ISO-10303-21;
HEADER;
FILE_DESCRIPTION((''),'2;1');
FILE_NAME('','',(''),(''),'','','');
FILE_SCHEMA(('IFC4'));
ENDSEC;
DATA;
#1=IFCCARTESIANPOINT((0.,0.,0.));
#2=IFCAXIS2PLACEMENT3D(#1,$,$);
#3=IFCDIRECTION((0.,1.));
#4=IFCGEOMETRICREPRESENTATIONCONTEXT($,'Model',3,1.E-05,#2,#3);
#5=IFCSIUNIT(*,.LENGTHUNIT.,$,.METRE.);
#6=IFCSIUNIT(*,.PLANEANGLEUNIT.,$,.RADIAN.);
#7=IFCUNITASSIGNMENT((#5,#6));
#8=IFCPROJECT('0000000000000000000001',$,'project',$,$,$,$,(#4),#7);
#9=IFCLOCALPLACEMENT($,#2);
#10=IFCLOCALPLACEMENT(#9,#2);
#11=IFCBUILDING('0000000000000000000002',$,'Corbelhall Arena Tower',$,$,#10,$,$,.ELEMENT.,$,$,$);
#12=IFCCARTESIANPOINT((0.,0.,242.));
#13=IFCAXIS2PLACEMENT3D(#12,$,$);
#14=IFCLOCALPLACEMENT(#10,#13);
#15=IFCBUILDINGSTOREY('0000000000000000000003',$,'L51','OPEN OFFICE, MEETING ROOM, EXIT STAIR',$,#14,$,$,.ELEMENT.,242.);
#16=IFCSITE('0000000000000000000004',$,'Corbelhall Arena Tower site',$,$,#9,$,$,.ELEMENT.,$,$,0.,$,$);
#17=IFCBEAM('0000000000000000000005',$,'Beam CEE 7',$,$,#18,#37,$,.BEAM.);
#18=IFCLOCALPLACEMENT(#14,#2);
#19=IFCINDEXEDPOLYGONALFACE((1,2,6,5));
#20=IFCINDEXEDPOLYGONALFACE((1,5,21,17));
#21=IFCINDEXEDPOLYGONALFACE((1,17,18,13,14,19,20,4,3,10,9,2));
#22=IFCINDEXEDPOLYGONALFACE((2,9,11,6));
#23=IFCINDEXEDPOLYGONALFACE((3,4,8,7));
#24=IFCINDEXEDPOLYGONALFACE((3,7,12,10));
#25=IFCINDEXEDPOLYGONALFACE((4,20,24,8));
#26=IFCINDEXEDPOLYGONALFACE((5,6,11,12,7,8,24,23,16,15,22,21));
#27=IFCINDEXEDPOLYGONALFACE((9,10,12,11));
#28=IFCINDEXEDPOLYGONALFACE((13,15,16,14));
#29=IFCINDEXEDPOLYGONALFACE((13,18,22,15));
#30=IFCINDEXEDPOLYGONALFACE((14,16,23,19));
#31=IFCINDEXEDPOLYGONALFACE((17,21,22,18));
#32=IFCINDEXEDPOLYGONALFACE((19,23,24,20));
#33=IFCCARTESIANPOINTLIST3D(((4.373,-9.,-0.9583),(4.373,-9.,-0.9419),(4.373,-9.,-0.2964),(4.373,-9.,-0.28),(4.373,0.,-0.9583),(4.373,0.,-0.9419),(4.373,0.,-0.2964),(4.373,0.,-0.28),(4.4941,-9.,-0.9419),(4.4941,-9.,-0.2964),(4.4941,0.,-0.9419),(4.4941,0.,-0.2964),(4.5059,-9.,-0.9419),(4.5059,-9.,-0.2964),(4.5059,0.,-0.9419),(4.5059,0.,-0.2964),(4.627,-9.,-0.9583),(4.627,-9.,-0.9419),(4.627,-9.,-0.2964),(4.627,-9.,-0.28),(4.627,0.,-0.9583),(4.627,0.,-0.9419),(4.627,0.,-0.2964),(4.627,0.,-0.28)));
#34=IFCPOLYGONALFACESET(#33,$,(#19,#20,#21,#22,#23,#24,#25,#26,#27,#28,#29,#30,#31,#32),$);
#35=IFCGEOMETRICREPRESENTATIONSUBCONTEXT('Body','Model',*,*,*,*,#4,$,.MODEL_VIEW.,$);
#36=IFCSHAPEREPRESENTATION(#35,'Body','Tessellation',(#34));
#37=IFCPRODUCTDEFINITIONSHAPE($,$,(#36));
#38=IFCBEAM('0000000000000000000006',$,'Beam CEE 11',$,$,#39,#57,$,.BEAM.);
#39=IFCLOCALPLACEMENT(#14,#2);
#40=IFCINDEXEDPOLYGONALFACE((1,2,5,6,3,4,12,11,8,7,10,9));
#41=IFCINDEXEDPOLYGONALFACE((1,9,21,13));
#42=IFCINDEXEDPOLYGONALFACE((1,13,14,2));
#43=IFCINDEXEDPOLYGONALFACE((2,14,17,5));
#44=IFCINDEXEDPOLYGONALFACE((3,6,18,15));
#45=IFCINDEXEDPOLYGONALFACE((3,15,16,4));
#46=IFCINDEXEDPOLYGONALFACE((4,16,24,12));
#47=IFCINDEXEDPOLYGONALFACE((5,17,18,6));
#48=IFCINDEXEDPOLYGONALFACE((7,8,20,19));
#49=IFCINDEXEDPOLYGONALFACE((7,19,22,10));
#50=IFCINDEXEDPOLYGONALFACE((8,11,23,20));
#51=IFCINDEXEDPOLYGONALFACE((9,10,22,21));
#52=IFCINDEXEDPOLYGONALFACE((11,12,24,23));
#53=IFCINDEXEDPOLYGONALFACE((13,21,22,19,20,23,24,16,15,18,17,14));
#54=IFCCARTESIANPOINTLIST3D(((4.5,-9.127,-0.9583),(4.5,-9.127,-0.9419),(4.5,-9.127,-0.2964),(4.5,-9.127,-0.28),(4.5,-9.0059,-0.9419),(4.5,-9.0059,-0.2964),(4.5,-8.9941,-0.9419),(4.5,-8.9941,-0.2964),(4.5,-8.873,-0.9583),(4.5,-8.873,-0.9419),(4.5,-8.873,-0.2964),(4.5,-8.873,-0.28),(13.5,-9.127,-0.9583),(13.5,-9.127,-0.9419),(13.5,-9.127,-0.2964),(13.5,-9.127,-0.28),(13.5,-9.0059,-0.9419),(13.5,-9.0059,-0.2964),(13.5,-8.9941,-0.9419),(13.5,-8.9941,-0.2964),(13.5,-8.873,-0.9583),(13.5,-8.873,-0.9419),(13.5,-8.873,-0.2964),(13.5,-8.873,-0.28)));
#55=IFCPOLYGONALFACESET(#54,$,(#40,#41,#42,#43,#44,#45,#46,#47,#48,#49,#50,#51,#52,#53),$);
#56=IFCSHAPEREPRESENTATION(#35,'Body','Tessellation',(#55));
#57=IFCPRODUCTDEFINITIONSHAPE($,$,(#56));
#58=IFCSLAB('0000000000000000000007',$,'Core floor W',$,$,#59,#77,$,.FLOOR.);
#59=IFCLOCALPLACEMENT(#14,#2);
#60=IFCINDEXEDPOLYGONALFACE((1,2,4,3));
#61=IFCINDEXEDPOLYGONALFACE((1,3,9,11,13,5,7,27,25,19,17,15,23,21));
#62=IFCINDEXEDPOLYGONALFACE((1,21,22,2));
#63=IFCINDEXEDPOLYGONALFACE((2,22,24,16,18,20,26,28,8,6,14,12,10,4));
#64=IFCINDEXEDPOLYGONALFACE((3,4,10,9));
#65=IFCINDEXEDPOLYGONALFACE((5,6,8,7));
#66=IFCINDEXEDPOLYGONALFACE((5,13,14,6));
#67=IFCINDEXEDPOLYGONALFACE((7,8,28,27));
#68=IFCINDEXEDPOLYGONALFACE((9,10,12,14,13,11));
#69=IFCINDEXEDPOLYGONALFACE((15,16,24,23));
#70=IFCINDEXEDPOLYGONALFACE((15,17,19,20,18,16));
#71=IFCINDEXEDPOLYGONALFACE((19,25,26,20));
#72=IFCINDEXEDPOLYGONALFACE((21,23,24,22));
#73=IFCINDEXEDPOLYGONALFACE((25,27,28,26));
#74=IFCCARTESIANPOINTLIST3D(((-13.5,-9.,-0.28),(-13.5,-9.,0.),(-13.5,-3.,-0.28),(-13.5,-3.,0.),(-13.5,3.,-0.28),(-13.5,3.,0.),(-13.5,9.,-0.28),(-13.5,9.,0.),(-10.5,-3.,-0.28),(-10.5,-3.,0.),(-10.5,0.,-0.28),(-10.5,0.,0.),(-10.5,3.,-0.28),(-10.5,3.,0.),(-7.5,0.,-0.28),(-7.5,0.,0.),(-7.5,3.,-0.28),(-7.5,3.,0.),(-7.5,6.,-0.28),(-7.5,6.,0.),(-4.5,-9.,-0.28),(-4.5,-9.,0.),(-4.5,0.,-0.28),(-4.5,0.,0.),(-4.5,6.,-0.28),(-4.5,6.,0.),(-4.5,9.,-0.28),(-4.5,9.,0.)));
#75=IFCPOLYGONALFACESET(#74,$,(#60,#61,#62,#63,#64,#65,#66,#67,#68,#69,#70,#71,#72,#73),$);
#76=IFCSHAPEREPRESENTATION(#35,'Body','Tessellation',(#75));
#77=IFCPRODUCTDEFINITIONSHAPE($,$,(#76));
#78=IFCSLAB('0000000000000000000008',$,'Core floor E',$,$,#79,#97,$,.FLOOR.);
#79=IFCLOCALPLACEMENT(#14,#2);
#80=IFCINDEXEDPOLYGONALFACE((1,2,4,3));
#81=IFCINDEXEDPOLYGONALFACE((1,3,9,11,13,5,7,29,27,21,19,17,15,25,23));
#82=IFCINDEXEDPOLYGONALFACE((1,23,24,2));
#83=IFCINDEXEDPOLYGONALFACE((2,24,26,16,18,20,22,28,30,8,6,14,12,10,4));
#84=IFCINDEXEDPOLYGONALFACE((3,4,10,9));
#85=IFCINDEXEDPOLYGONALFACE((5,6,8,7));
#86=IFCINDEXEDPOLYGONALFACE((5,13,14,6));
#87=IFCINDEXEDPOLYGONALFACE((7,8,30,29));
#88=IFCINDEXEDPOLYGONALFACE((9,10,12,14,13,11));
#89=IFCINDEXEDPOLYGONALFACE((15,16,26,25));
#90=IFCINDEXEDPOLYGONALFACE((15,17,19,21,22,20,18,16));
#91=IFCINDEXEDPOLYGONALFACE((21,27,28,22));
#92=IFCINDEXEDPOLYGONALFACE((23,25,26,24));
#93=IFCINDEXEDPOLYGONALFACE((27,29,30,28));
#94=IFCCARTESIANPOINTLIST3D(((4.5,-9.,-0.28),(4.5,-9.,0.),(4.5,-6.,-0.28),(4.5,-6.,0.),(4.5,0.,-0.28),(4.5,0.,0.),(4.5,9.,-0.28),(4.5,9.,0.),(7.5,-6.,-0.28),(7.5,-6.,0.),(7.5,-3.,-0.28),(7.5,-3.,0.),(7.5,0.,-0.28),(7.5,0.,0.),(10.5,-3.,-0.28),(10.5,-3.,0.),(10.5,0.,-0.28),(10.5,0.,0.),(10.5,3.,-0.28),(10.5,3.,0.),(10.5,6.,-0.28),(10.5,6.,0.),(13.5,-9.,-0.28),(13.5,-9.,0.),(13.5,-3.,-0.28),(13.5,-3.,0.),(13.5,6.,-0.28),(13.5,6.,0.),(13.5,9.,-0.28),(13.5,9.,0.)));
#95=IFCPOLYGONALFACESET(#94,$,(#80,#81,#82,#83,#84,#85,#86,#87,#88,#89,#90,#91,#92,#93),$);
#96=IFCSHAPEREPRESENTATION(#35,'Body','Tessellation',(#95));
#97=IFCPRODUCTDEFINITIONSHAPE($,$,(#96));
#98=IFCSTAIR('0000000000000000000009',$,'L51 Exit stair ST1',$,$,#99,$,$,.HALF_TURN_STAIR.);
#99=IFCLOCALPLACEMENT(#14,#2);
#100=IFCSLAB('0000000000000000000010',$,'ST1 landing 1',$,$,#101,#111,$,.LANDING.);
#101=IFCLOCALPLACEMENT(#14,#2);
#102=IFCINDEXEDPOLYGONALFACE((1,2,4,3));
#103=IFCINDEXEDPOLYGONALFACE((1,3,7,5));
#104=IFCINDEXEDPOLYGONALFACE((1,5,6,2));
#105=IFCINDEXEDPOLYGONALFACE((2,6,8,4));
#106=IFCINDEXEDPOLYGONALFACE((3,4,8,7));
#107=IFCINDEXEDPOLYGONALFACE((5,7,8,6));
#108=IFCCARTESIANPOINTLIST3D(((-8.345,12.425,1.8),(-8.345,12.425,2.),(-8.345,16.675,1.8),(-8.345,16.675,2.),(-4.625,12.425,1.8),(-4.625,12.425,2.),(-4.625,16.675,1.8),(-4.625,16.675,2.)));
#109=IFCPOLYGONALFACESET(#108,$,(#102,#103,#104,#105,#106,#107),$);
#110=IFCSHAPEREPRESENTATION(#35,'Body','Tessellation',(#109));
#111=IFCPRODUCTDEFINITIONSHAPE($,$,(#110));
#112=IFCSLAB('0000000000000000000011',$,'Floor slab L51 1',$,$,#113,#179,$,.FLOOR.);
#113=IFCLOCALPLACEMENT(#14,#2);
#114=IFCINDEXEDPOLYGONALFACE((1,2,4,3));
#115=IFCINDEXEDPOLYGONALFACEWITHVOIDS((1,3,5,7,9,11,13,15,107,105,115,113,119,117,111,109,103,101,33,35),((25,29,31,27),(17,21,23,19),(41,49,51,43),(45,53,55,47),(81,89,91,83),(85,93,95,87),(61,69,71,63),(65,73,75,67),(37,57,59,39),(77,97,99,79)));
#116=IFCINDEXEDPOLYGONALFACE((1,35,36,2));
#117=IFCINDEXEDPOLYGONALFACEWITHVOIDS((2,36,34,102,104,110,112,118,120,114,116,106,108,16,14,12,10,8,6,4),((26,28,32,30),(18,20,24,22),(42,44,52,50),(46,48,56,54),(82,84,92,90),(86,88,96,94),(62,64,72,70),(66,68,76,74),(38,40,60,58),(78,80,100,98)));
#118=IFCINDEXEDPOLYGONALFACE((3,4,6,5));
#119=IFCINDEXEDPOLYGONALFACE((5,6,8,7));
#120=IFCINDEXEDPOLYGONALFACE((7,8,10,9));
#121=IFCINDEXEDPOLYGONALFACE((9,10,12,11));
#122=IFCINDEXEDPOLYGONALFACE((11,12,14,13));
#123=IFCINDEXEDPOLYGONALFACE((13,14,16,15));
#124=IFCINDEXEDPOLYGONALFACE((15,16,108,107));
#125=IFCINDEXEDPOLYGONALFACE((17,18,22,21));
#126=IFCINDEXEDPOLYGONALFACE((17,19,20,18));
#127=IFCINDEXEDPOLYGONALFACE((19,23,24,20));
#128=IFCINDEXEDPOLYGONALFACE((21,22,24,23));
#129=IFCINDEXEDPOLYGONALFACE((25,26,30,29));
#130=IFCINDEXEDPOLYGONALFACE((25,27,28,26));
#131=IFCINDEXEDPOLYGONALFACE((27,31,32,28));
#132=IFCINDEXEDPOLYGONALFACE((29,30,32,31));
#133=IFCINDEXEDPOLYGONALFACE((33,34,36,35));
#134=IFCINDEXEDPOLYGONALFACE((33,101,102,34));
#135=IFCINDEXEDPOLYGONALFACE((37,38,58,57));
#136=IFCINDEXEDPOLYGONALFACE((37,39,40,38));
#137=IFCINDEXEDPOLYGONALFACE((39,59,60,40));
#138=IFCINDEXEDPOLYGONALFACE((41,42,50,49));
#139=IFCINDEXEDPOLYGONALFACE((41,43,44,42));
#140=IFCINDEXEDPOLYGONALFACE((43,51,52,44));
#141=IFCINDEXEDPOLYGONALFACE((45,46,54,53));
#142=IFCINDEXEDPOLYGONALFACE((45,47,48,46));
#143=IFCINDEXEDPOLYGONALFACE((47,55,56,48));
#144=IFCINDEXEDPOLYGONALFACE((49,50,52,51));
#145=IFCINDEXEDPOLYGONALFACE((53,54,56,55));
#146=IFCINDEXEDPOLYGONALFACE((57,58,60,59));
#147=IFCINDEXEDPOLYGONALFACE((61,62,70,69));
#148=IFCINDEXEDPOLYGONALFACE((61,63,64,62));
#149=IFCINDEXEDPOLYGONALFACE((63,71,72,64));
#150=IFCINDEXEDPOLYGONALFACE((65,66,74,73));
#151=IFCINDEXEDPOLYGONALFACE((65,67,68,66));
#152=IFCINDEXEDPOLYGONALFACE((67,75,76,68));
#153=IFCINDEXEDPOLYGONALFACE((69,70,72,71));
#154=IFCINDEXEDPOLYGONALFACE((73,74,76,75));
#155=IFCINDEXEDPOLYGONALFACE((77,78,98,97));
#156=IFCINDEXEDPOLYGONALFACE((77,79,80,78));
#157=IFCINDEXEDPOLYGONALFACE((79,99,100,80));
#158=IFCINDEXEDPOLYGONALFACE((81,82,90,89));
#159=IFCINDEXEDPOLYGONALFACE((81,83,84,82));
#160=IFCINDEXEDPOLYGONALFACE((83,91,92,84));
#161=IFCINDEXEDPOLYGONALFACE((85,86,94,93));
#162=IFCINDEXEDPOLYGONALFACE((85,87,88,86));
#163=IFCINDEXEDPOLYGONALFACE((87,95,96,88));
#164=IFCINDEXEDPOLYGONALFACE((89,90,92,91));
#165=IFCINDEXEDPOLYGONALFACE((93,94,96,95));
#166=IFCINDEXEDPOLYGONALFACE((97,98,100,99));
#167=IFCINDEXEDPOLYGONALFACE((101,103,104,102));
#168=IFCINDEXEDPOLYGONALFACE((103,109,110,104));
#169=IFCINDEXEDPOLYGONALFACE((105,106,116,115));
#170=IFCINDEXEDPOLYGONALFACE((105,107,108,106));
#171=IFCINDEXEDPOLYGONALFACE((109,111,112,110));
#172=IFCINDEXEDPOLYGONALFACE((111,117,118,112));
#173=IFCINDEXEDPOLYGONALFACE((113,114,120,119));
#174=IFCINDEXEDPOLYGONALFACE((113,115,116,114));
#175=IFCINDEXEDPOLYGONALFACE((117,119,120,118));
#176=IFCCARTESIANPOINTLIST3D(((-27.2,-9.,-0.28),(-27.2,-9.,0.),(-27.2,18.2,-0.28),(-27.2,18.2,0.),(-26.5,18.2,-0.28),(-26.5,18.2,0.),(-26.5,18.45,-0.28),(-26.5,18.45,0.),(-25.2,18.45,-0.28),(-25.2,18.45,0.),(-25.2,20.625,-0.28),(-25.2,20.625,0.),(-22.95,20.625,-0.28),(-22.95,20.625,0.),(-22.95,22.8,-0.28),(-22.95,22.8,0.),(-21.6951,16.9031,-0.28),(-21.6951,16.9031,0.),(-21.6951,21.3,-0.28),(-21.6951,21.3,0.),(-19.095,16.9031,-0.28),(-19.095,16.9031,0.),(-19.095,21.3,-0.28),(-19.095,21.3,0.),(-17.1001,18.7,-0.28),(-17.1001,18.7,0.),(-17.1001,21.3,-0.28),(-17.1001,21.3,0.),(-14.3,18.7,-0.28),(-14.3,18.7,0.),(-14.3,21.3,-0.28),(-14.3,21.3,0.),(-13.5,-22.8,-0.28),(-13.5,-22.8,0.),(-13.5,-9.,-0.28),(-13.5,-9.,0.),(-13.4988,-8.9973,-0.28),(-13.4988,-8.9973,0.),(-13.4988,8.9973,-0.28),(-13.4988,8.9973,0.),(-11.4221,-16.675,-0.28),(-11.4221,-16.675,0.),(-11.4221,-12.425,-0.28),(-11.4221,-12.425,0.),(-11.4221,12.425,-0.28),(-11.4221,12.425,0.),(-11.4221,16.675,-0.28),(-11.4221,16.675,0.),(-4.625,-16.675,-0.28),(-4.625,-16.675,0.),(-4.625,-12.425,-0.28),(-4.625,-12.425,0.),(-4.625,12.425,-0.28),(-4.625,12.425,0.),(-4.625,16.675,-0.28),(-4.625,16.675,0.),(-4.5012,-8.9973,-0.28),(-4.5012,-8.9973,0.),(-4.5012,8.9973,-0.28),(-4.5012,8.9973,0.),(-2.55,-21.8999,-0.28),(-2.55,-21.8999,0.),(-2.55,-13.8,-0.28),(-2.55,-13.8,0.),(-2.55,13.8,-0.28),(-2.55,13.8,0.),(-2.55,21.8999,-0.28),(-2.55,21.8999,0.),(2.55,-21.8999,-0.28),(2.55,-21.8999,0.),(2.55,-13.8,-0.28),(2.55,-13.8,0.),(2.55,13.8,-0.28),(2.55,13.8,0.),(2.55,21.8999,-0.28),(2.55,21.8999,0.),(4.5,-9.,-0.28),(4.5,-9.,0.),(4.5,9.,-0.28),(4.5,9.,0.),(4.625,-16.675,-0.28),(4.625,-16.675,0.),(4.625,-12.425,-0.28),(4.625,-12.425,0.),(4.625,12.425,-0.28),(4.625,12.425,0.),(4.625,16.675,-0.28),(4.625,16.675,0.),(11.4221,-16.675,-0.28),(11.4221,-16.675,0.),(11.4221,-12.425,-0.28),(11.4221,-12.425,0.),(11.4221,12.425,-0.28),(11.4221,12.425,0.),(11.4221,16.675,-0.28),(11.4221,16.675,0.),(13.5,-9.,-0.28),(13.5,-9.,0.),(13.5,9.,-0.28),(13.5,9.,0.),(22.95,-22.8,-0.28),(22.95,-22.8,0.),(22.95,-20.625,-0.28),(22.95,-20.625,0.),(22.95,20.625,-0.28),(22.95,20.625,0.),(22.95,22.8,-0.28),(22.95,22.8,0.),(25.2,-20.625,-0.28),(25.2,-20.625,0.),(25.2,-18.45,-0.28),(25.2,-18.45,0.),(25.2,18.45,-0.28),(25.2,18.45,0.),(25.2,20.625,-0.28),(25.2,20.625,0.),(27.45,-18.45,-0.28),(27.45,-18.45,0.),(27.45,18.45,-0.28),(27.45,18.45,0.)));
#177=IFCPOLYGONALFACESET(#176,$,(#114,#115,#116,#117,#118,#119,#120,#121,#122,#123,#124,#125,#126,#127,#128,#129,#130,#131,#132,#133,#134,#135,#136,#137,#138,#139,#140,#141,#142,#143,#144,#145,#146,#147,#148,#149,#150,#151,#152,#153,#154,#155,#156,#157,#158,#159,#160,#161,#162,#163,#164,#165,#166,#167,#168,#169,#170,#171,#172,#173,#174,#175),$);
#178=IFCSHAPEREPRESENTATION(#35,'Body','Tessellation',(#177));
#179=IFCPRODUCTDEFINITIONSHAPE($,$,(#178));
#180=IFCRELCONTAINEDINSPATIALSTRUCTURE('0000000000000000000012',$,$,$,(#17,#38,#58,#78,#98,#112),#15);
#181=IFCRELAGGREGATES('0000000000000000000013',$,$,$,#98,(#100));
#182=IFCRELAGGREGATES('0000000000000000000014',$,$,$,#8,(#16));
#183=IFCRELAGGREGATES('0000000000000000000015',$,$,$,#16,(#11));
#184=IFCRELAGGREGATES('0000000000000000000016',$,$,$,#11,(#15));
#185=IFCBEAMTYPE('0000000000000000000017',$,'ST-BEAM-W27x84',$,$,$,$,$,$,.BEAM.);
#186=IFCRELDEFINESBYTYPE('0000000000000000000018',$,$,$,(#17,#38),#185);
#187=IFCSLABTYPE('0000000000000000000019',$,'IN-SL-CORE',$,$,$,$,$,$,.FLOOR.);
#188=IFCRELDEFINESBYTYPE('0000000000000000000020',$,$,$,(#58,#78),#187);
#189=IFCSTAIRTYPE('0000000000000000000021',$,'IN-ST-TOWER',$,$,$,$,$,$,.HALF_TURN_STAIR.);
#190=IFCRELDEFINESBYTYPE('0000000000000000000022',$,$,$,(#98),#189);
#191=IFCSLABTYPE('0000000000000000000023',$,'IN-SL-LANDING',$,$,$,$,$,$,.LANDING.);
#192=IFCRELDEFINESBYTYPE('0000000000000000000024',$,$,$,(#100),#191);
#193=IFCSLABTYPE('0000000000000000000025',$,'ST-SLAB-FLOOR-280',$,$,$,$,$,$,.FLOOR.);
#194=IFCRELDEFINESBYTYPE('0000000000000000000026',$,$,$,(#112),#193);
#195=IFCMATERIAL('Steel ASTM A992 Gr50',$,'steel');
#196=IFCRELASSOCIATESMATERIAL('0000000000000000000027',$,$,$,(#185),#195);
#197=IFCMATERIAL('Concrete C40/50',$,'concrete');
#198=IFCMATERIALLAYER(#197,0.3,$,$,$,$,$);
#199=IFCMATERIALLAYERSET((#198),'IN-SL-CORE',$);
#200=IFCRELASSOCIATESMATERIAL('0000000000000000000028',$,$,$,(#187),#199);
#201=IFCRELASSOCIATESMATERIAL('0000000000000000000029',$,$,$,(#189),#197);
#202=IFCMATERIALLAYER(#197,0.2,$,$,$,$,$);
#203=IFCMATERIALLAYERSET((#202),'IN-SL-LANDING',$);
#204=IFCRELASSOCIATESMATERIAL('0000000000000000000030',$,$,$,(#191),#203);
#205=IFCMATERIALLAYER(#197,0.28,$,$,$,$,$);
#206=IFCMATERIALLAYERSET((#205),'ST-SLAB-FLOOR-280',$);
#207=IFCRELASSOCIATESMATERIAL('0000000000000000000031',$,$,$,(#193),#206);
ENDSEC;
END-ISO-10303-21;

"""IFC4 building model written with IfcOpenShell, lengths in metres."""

from ifc_helpers import new_model, si_unit, direction, frame, origin, origin_2d, place, context, subcontext, project, spatial, polyline, i_section, outline, extrude, material, layer, layer_set, material_profile, profile_set, type_object, element, aggregate, save


model = new_model("IFC4")

# Units and contexts
model_context = context("Model", 3, precision=1e-05, world=origin(), true_north=direction((0.0, 1.0)))
body_context = subcontext(model_context, "Body", "Model", "MODEL_VIEW")
ifc_project = project(units=[si_unit("LENGTHUNIT", "METRE"), si_unit("PLANEANGLEUNIT", "RADIAN")], contexts=[model_context])

# Site, building, storey
site_placement = place(None, origin())
site = spatial("IfcSite", under=ifc_project, at=site_placement, Name="Corbelhall Arena Tower site", CompositionType="ELEMENT", RefElevation=0.0)
building_placement = place(site_placement, origin())
building = spatial("IfcBuilding", under=site, at=building_placement, Name="Corbelhall Arena Tower", CompositionType="ELEMENT")
storey_placement = place(building_placement, frame((0.0, 0.0, 242.0)))
storey = spatial("IfcBuildingStorey", under=building, at=storey_placement, Name="L51", Description="OPEN OFFICE, MEETING ROOM, EXIT STAIR", CompositionType="ELEMENT", Elevation=242.0)

# Beams
ifc_material_1 = material(Name="Steel ASTM A992 Gr50", Category="steel")
ifc_material_profile = material_profile(ifc_material_1, i_section(OverallWidth=0.2539, OverallDepth=0.6782, WebThickness=0.0117, FlangeThickness=0.0164, at=origin_2d()))
ifc_profile_set = profile_set([ifc_material_profile], Name="Steel ASTM A992 Gr50")
beam_type = type_object("IfcBeamType", Name="ST-BEAM-W27x84", PredefinedType="BEAM", material=ifc_profile_set)
for number, where, z_axis, x_axis, name in (
    (1, (4.5, -9.0, -0.6191), (0.0, 1.0, 0.0), (-1.0, 0.0, 0.0), "Beam CEE 7"),
    (2, (4.5, -9.0, -0.6191), (1.0, 0.0, 0.0), (0.0, 1.0, 0.0), "Beam CEE 11"),
):
    element("IfcBeam", number, at=place(storey_placement, frame(where, z_axis=z_axis, x_axis=x_axis)), inside=storey, type_object=beam_type, Name=name, PredefinedType="BEAM", context=body_context, shape_type="SweptSolid", body=[
        extrude(i_section(OverallWidth=0.2539, OverallDepth=0.6782, WebThickness=0.0117, FlangeThickness=0.0164, at=origin_2d()), origin(), (0.0, 0.0, 1.0), 9.0),
    ])

# Slabs
ifc_material_2 = material(Name="Concrete C40/50", Category="concrete")
ifc_layer_1 = layer(ifc_material_2, 0.3)
ifc_layer_set_1 = layer_set([ifc_layer_1], Name="IN-SL-CORE")
slab_type_1 = type_object("IfcSlabType", Name="IN-SL-CORE", PredefinedType="FLOOR", material=ifc_layer_set_1)
slab_1_placement = place(storey_placement, frame((0.0, 0.0, -0.28)))
element("IfcSlab", 3, at=slab_1_placement, inside=storey, type_object=slab_type_1, Name="Core floor W", PredefinedType="FLOOR", context=body_context, shape_type="SweptSolid", body=[
    extrude(outline(polyline([(-10.5, -3.0), (-13.5, -3.0), (-13.5, -9.0), (-4.5, -9.0), (-4.5, 0.0), (-7.5, 0.0), (-7.5, 3.0), (-7.5, 6.0), (-4.5, 6.0), (-4.5, 9.0), (-13.5, 9.0), (-13.5, 3.0), (-10.5, 3.0), (-10.5, 0.0), (-10.5, -3.0)])), origin(), (0.0, 0.0, 1.0), 0.28),
])
slab_2_placement = place(storey_placement, frame((0.0, 0.0, -0.28)))
element("IfcSlab", 4, at=slab_2_placement, inside=storey, type_object=slab_type_1, Name="Core floor E", PredefinedType="FLOOR", context=body_context, shape_type="SweptSolid", body=[
    extrude(outline(polyline([(13.5, -3.0), (10.5, -3.0), (10.5, 0.0), (10.5, 3.0), (10.5, 6.0), (13.5, 6.0), (13.5, 9.0), (4.5, 9.0), (4.5, 0.0), (7.5, 0.0), (7.5, -3.0), (7.5, -6.0), (4.5, -6.0), (4.5, -9.0), (13.5, -9.0), (13.5, -3.0)])), origin(), (0.0, 0.0, 1.0), 0.28),
])

# Stair, slab
stair_type = type_object("IfcStairType", Name="IN-ST-TOWER", PredefinedType="HALF_TURN_STAIR", material=ifc_material_2)
stair_placement = place(storey_placement, origin())
stair = element("IfcStair", 5, at=stair_placement, inside=storey, type_object=stair_type, Name="L51 Exit stair ST1", PredefinedType="HALF_TURN_STAIR")
ifc_layer_2 = layer(ifc_material_2, 0.2)
ifc_layer_set_2 = layer_set([ifc_layer_2], Name="IN-SL-LANDING")
slab_type_2 = type_object("IfcSlabType", Name="IN-SL-LANDING", PredefinedType="LANDING", material=ifc_layer_set_2)
slab_3_placement = place(storey_placement, frame((0.0, 0.0, 1.8)))
slab_3 = element("IfcSlab", 6, at=slab_3_placement, type_object=slab_type_2, Name="ST1 landing 1", PredefinedType="LANDING", context=body_context, shape_type="SweptSolid", body=[
    extrude(outline(polyline([(-8.345, 12.425), (-4.625, 12.425), (-4.625, 16.675), (-8.345, 16.675), (-8.345, 12.425)])), origin(), (0.0, 0.0, 1.0), 0.2),
])
aggregate(stair, [slab_3])

# Slab
ifc_layer_3 = layer(ifc_material_2, 0.28)
ifc_layer_set_3 = layer_set([ifc_layer_3], Name="ST-SLAB-FLOOR-280")
slab_type_3 = type_object("IfcSlabType", Name="ST-SLAB-FLOOR-280", PredefinedType="FLOOR", material=ifc_layer_set_3)
slab_4_placement = place(storey_placement, frame((0.0, 0.0, -0.28)))
element("IfcSlab", 7, at=slab_4_placement, inside=storey, type_object=slab_type_3, Name="Floor slab L51 1", PredefinedType="FLOOR", context=body_context, shape_type="SweptSolid", body=[
    extrude(outline(polyline([(25.2, -20.625), (25.2, -18.45), (27.45, -18.45), (27.45, 18.45), (25.2, 18.45), (25.2, 20.625), (22.95, 20.625), (22.95, 22.8), (-22.95, 22.8), (-22.95, 20.625), (-25.2, 20.625), (-25.2, 18.45), (-26.5, 18.45), (-26.5, 18.2), (-27.2, 18.2), (-27.2, -9.0), (-13.5, -9.0), (-13.5, -22.8), (22.95, -22.8), (22.95, -20.625), (25.2, -20.625)]), holes=[polyline([(-4.5012, -8.9973), (-4.5012, 8.9973), (-13.4988, 8.9973), (-13.4988, -8.9973), (-4.5012, -8.9973)]), polyline([(2.55, 21.8999), (-2.55, 21.8999), (-2.55, 13.8), (2.55, 13.8), (2.55, 21.8999)]), polyline([(2.55, -21.8999), (2.55, -13.8), (-2.55, -13.8), (-2.55, -21.8999), (2.55, -21.8999)]), polyline([(4.5, 9.0), (4.5, -9.0), (13.5, -9.0), (13.5, 9.0), (4.5, 9.0)]), polyline([(-4.625, 16.675), (-11.4221, 16.675), (-11.4221, 12.425), (-4.625, 12.425), (-4.625, 16.675)]), polyline([(-4.625, -16.675), (-4.625, -12.425), (-11.4221, -12.425), (-11.4221, -16.675), (-4.625, -16.675)]), polyline([(11.4221, 16.675), (4.625, 16.675), (4.625, 12.425), (11.4221, 12.425), (11.4221, 16.675)]), polyline([(11.4221, -16.675), (11.4221, -12.425), (4.625, -12.425), (4.625, -16.675), (11.4221, -16.675)]), polyline([(-21.6951, 21.3), (-21.6951, 16.9031), (-19.095, 16.9031), (-19.095, 21.3), (-21.6951, 21.3)]), polyline([(-14.3, 21.3), (-17.1001, 21.3), (-17.1001, 18.7), (-14.3, 18.7), (-14.3, 21.3)])]), origin(), (0.0, 0.0, 1.0), 0.28),
])

save(model, "model.ifc")
